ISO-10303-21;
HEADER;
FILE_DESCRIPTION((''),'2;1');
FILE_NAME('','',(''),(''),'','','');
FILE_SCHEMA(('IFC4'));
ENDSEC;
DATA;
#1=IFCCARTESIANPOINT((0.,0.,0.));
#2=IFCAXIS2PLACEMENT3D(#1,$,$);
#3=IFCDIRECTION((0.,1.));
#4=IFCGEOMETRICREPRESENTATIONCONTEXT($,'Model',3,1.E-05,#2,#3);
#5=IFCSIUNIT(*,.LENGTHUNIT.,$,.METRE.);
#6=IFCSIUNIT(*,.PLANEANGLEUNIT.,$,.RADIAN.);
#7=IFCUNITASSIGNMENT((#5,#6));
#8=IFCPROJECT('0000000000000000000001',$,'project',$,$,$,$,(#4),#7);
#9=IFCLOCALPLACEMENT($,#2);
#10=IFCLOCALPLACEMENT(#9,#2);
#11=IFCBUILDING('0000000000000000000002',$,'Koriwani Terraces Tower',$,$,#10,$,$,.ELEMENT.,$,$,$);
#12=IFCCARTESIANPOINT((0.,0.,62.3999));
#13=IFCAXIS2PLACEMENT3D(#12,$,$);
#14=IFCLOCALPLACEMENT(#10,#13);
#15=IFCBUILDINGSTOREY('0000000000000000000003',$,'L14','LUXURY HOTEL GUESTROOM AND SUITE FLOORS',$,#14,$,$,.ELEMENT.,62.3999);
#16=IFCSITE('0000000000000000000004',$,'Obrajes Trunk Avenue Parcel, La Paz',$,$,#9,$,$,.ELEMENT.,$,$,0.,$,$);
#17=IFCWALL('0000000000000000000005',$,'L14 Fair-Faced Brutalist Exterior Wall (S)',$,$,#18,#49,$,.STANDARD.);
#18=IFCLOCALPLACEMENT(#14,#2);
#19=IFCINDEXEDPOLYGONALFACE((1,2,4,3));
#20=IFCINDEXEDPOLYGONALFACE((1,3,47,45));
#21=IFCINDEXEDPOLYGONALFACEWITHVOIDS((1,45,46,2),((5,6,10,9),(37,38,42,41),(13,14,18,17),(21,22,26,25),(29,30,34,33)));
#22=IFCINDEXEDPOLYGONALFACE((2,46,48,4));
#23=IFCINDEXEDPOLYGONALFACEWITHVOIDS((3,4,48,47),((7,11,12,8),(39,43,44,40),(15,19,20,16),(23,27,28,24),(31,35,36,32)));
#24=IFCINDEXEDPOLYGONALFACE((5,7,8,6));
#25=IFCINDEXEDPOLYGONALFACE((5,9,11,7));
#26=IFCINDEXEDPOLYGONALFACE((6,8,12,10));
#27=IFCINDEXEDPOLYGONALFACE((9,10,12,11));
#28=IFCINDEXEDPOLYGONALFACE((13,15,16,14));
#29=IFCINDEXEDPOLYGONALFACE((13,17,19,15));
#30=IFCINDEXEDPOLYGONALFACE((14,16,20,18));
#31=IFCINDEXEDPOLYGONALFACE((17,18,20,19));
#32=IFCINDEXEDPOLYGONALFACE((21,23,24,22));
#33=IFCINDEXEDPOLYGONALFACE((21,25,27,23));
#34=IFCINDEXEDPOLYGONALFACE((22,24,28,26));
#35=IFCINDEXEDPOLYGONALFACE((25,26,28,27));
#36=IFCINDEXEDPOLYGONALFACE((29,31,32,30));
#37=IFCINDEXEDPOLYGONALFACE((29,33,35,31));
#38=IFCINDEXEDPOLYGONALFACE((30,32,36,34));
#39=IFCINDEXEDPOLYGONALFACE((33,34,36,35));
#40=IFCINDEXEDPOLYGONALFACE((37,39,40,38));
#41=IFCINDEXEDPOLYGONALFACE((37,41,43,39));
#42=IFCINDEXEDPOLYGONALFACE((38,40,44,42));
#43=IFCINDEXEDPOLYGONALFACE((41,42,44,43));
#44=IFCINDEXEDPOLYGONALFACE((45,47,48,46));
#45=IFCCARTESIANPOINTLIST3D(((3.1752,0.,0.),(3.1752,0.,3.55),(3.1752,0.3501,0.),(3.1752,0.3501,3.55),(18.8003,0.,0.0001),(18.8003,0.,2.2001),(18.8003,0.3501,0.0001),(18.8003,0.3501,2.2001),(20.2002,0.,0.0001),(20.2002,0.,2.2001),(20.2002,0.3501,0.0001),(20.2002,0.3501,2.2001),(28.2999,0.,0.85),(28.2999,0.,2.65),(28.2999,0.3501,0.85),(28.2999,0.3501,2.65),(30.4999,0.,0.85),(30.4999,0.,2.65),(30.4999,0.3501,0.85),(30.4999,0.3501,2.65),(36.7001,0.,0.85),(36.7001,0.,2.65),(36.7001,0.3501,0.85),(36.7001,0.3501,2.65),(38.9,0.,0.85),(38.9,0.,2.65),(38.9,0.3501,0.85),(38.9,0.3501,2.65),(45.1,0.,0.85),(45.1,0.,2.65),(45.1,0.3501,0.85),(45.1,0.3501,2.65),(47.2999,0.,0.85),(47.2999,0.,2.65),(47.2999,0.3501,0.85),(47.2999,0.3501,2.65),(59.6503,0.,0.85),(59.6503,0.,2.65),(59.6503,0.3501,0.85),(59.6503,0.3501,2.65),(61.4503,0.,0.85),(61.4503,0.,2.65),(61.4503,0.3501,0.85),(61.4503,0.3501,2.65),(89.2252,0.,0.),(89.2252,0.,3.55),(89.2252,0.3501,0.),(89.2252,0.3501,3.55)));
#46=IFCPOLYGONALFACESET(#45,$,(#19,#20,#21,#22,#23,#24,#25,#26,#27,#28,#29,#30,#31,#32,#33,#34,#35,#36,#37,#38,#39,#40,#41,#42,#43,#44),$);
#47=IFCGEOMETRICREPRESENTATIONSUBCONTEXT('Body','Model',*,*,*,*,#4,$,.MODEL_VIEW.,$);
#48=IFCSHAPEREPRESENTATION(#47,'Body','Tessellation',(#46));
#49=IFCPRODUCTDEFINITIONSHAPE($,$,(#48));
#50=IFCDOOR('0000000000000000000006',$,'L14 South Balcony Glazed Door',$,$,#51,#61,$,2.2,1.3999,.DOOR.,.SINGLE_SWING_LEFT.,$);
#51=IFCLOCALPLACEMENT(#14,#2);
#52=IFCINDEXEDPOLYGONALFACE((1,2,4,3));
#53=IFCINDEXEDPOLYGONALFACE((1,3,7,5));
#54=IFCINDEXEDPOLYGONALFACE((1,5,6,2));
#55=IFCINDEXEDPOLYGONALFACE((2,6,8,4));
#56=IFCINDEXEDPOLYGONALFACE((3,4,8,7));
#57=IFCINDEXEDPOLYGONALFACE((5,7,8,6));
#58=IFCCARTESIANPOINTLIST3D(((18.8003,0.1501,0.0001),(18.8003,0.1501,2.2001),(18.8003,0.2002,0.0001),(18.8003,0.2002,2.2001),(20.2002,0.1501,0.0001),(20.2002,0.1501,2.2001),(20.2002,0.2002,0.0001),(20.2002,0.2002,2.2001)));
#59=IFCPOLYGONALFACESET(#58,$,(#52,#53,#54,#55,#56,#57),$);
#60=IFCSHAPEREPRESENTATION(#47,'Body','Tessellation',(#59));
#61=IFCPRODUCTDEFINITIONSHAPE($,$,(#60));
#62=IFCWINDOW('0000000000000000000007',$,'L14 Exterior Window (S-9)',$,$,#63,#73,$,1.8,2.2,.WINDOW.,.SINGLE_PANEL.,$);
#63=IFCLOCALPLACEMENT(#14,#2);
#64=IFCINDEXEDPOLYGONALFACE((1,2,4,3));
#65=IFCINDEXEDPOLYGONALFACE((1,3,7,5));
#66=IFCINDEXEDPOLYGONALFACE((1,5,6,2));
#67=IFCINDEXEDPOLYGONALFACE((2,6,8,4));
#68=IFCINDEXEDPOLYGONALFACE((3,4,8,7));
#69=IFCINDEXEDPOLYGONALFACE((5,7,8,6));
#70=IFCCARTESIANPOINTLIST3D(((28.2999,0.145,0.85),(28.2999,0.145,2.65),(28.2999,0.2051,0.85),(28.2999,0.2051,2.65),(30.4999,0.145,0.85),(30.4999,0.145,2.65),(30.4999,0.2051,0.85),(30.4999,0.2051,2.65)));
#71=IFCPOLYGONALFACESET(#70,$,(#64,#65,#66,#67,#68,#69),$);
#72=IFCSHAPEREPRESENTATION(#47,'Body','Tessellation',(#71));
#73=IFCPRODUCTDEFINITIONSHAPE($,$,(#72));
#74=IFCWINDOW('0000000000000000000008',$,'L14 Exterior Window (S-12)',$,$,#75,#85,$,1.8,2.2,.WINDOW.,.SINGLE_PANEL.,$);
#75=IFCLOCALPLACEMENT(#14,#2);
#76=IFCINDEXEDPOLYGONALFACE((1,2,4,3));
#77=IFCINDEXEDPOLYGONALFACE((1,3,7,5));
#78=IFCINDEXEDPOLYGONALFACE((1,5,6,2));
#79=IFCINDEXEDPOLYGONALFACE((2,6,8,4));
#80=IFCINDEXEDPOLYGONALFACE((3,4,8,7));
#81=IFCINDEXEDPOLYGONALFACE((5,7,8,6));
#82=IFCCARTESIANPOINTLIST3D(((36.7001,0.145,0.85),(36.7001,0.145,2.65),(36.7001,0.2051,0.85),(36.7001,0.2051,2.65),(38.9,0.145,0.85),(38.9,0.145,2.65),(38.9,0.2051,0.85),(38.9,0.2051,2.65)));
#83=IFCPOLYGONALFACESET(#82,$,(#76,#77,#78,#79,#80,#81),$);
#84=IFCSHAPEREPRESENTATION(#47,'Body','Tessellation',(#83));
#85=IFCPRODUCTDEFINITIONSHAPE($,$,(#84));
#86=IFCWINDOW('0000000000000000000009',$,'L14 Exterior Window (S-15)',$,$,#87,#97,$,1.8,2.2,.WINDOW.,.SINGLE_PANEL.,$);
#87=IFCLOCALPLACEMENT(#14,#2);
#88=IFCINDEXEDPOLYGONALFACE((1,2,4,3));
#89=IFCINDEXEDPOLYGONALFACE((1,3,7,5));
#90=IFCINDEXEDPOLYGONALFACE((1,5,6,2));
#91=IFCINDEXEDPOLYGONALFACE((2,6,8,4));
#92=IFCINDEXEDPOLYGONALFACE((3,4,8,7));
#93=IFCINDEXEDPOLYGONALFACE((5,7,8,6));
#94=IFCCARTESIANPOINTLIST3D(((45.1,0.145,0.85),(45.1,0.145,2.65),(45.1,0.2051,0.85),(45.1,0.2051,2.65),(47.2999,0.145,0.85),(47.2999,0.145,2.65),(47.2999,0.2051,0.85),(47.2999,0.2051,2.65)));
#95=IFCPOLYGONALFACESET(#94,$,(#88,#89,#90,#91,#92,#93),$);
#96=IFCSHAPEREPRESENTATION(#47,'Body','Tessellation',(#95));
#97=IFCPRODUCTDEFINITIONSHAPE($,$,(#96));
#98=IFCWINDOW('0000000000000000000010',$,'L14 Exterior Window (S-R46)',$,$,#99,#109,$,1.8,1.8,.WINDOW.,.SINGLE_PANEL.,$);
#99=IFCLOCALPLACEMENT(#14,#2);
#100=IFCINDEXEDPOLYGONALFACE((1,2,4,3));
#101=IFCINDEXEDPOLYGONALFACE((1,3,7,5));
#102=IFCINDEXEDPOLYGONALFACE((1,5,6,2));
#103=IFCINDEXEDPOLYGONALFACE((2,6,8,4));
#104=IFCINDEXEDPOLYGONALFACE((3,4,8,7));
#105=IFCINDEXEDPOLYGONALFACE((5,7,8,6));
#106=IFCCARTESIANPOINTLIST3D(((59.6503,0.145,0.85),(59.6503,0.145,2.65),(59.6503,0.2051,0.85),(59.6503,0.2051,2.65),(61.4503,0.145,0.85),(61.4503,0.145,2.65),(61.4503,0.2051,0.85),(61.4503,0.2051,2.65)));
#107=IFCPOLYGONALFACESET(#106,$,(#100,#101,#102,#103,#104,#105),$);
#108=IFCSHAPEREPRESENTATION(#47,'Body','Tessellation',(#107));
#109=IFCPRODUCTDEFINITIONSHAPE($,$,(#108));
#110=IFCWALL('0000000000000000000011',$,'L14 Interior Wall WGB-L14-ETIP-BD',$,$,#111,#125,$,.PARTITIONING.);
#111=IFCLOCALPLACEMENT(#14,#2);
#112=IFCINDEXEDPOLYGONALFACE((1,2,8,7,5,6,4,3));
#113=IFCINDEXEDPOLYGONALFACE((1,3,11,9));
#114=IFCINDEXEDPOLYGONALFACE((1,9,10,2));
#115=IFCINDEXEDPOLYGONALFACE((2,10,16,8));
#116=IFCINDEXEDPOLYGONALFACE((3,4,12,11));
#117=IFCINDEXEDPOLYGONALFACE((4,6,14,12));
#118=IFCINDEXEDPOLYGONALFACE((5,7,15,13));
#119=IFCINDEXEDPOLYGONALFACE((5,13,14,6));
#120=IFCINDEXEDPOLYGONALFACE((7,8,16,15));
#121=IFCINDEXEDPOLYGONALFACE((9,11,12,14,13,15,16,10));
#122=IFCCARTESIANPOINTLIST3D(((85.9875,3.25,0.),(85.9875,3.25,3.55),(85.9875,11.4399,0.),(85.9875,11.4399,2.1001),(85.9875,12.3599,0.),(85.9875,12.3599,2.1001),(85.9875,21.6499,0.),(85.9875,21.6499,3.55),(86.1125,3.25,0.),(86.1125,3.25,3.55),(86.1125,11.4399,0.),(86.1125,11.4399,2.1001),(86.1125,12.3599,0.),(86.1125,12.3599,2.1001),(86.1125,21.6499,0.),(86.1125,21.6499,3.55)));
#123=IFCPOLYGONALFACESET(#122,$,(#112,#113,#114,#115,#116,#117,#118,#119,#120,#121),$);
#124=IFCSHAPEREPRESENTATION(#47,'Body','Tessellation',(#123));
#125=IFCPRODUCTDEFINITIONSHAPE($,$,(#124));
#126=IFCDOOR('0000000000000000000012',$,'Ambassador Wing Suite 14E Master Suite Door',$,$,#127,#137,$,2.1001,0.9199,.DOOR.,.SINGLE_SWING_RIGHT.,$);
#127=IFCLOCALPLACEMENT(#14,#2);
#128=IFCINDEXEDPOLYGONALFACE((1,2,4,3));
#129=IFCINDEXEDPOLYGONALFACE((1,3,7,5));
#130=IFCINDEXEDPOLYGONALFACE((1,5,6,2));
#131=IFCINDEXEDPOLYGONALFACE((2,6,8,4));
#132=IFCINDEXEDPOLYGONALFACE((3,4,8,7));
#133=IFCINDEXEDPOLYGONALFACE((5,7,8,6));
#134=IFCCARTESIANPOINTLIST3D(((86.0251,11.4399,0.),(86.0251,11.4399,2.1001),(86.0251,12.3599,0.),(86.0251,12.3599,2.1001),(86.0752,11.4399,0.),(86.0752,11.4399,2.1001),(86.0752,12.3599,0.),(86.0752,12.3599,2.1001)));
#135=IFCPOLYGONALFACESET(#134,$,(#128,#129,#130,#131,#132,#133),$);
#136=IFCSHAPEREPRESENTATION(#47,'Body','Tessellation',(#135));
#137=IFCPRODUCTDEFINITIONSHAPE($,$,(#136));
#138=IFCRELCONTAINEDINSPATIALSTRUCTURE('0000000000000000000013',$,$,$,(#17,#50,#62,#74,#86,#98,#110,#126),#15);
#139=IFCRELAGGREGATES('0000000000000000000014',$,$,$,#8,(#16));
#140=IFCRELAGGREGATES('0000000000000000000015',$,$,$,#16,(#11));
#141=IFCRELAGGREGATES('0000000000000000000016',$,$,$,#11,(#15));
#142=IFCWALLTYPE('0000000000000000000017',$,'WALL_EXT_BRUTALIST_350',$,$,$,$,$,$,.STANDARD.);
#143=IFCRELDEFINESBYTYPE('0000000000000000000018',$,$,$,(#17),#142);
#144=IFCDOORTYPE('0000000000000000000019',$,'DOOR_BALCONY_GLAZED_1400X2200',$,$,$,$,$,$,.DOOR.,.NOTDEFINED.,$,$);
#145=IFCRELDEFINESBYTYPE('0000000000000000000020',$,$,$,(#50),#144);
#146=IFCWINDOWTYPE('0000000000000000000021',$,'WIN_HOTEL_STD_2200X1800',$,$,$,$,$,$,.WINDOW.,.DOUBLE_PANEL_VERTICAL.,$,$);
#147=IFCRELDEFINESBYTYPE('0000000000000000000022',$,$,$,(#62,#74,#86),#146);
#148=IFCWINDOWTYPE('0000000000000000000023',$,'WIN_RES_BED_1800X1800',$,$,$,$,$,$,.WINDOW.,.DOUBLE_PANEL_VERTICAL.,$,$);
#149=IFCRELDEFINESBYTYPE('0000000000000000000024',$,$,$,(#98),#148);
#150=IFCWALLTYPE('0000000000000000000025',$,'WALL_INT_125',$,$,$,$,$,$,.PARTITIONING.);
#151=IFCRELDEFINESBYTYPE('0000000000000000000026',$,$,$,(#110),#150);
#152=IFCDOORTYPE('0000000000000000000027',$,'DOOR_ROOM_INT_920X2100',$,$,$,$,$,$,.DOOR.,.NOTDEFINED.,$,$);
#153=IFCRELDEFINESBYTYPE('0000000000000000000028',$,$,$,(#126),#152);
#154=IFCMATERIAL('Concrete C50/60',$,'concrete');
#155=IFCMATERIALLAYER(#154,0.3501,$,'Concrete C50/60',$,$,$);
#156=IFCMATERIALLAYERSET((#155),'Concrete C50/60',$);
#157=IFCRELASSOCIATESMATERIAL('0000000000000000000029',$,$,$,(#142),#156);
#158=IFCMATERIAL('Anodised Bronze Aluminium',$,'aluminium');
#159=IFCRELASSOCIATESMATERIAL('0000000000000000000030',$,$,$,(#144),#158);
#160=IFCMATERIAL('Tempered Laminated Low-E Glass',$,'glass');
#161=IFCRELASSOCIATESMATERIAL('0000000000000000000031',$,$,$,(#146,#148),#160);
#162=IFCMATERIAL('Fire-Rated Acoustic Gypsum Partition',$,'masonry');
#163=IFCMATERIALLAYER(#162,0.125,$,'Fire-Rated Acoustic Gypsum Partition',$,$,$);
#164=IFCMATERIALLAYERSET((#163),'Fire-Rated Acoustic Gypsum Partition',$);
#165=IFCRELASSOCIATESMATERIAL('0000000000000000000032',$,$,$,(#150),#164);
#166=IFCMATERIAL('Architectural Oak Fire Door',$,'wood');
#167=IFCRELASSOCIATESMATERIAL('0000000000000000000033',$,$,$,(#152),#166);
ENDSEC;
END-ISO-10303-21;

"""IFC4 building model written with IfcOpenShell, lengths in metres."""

from ifc_helpers import new_model, si_unit, direction, frame, frame_2d, origin, place, context, subcontext, project, spatial, rectangle, extrude, material, layer, layer_set, type_object, element, fill, save


model = new_model("IFC4")

# Units and contexts
model_context = context("Model", 3, precision=1e-05, world=origin(), true_north=direction((0.0, 1.0)))
body_context = subcontext(model_context, "Body", "Model", "MODEL_VIEW")
ifc_project = project(units=[si_unit("LENGTHUNIT", "METRE"), si_unit("PLANEANGLEUNIT", "RADIAN")], contexts=[model_context])

# Site, building, storey
site_placement = place(None, origin())
site = spatial("IfcSite", under=ifc_project, at=site_placement, Name="Obrajes Trunk Avenue Parcel, La Paz", CompositionType="ELEMENT", RefElevation=0.0)
building_placement = place(site_placement, origin())
building = spatial("IfcBuilding", under=site, at=building_placement, Name="Koriwani Terraces Tower", CompositionType="ELEMENT")
storey_placement = place(building_placement, frame((0.0, 0.0, 62.3999)))
storey = spatial("IfcBuildingStorey", under=building, at=storey_placement, Name="L14", Description="LUXURY HOTEL GUESTROOM AND SUITE FLOORS", CompositionType="ELEMENT", Elevation=62.3999)

# Shared definitions
ifc_material_1 = material(Name="Concrete C50/60", Category="concrete")

# Shared definitions
ifc_layer_1 = layer(ifc_material_1, 0.3501, Name="Concrete C50/60")
ifc_layer_set_1 = layer_set([ifc_layer_1], Name="Concrete C50/60")
wall_type_1 = type_object("IfcWallType", Name="WALL_EXT_BRUTALIST_350", PredefinedType="STANDARD", material=ifc_layer_set_1)

# Wall, openings, door, windows
wall_1_placement = place(storey_placement, frame((89.2251, 0.175, 0.0), z_axis=(0.0, 0.0, 1.0), x_axis=(-1.0, 0.0, 0.0)))
wall_1 = element("IfcWall", 1, at=wall_1_placement, inside=storey, type_object=wall_type_1, Name="L14 Fair-Faced Brutalist Exterior Wall (S)", PredefinedType="STANDARD", context=body_context, shape_type="SweptSolid", body=[
    extrude(rectangle(XDim=86.05, YDim=0.3501, at=frame_2d((43.0249, 0.0))), origin(), (0.0, 0.0, 1.0), 3.55),
])
opening_1_placement = place(wall_1_placement, frame((69.0249, 0.0, 0.0)))
opening_1 = element("IfcOpeningElement", 2, at=opening_1_placement, cuts=wall_1, PredefinedType="OPENING", context=body_context, shape_type="SweptSolid", body=[
    extrude(rectangle(XDim=1.3999, YDim=2.2, at=frame_2d((0.7, 1.1001))), frame((0.0, 0.1851, 0.0), z_axis=(0.0, -1.0, 0.0), x_axis=(1.0, 0.0, 0.0)), (0.0, 0.0, 1.0), 0.3701),
])
opening_2_placement = place(wall_1_placement, frame((58.7251, 0.0, 0.8501)))
opening_2 = element("IfcOpeningElement", 3, at=opening_2_placement, cuts=wall_1, PredefinedType="OPENING", context=body_context, shape_type="SweptSolid", body=[
    extrude(rectangle(XDim=2.2, YDim=1.8, at=frame_2d((1.1001, 0.8999))), frame((0.0, 0.1851, 0.0), z_axis=(0.0, -1.0, 0.0), x_axis=(1.0, 0.0, 0.0)), (0.0, 0.0, 1.0), 0.3701),
])
opening_3_placement = place(wall_1_placement, frame((50.325, 0.0, 0.8501)))
opening_3 = element("IfcOpeningElement", 4, at=opening_3_placement, cuts=wall_1, PredefinedType="OPENING", context=body_context, shape_type="SweptSolid", body=[
    extrude(rectangle(XDim=2.2, YDim=1.8, at=frame_2d((1.1001, 0.8999))), frame((0.0, 0.1851, 0.0), z_axis=(0.0, -1.0, 0.0), x_axis=(1.0, 0.0, 0.0)), (0.0, 0.0, 1.0), 0.3701),
])
opening_4_placement = place(wall_1_placement, frame((41.925, 0.0, 0.8501)))
opening_4 = element("IfcOpeningElement", 5, at=opening_4_placement, cuts=wall_1, PredefinedType="OPENING", context=body_context, shape_type="SweptSolid", body=[
    extrude(rectangle(XDim=2.2, YDim=1.8, at=frame_2d((1.1001, 0.8999))), frame((0.0, 0.1851, 0.0), z_axis=(0.0, -1.0, 0.0), x_axis=(1.0, 0.0, 0.0)), (0.0, 0.0, 1.0), 0.3701),
])
opening_5_placement = place(wall_1_placement, frame((27.7749, 0.0, 0.8501)))
opening_5 = element("IfcOpeningElement", 6, at=opening_5_placement, cuts=wall_1, PredefinedType="OPENING", context=body_context, shape_type="SweptSolid", body=[
    extrude(rectangle(XDim=1.8, YDim=1.8, at=frame_2d((0.8999, 0.8999))), frame((0.0, 0.1851, 0.0), z_axis=(0.0, -1.0, 0.0), x_axis=(1.0, 0.0, 0.0)), (0.0, 0.0, 1.0), 0.3701),
])
ifc_material_2 = material(Name="Anodised Bronze Aluminium", Category="aluminium")
door_type_1 = type_object("IfcDoorType", Name="DOOR_BALCONY_GLAZED_1400X2200", OperationType="NOTDEFINED", PredefinedType="DOOR", material=ifc_material_2)
door_1_placement = place(opening_1_placement, origin())
door_1 = element("IfcDoor", 7, at=door_1_placement, inside=storey, type_object=door_type_1, Name="L14 South Balcony Glazed Door", OperationType="SINGLE_SWING_LEFT", OverallHeight=2.2, OverallWidth=1.3999, PredefinedType="DOOR", context=body_context, shape_type="SweptSolid", body=[
    extrude(rectangle(XDim=1.3999, YDim=2.2, at=frame_2d((0.7, 1.1001))), frame((0.0, 0.0249, 0.0), z_axis=(0.0, -1.0, 0.0), x_axis=(1.0, 0.0, 0.0)), (0.0, 0.0, 1.0), 0.05),
])
fill(opening_1, door_1)
ifc_material_3 = material(Name="Tempered Laminated Low-E Glass", Category="glass")
window_type_1 = type_object("IfcWindowType", Name="WIN_HOTEL_STD_2200X1800", PartitioningType="DOUBLE_PANEL_VERTICAL", PredefinedType="WINDOW", material=ifc_material_3)
window_1_placement = place(opening_2_placement, origin())
window_1 = element("IfcWindow", 8, at=window_1_placement, inside=storey, type_object=window_type_1, Name="L14 Exterior Window (S-9)", OverallHeight=1.8, OverallWidth=2.2, PartitioningType="SINGLE_PANEL", PredefinedType="WINDOW", context=body_context, shape_type="SweptSolid", body=[
    extrude(rectangle(XDim=2.2, YDim=1.8, at=frame_2d((1.1001, 0.8999))), frame((0.0, 0.03, 0.0), z_axis=(0.0, -1.0, 0.0), x_axis=(1.0, 0.0, 0.0)), (0.0, 0.0, 1.0), 0.0601),
])
fill(opening_2, window_1)
window_2_placement = place(opening_3_placement, origin())
window_2 = element("IfcWindow", 9, at=window_2_placement, inside=storey, type_object=window_type_1, Name="L14 Exterior Window (S-12)", OverallHeight=1.8, OverallWidth=2.2, PartitioningType="SINGLE_PANEL", PredefinedType="WINDOW", context=body_context, shape_type="SweptSolid", body=[
    extrude(rectangle(XDim=2.2, YDim=1.8, at=frame_2d((1.1001, 0.8999))), frame((0.0, 0.03, 0.0), z_axis=(0.0, -1.0, 0.0), x_axis=(1.0, 0.0, 0.0)), (0.0, 0.0, 1.0), 0.0601),
])
fill(opening_3, window_2)
window_3_placement = place(opening_4_placement, origin())
window_3 = element("IfcWindow", 10, at=window_3_placement, inside=storey, type_object=window_type_1, Name="L14 Exterior Window (S-15)", OverallHeight=1.8, OverallWidth=2.2, PartitioningType="SINGLE_PANEL", PredefinedType="WINDOW", context=body_context, shape_type="SweptSolid", body=[
    extrude(rectangle(XDim=2.2, YDim=1.8, at=frame_2d((1.1001, 0.8999))), frame((0.0, 0.03, 0.0), z_axis=(0.0, -1.0, 0.0), x_axis=(1.0, 0.0, 0.0)), (0.0, 0.0, 1.0), 0.0601),
])
fill(opening_4, window_3)
window_type_2 = type_object("IfcWindowType", Name="WIN_RES_BED_1800X1800", PartitioningType="DOUBLE_PANEL_VERTICAL", PredefinedType="WINDOW", material=ifc_material_3)
window_4_placement = place(opening_5_placement, origin())
window_4 = element("IfcWindow", 11, at=window_4_placement, inside=storey, type_object=window_type_2, Name="L14 Exterior Window (S-R46)", OverallHeight=1.8, OverallWidth=1.8, PartitioningType="SINGLE_PANEL", PredefinedType="WINDOW", context=body_context, shape_type="SweptSolid", body=[
    extrude(rectangle(XDim=1.8, YDim=1.8, at=frame_2d((0.8999, 0.8999))), frame((0.0, 0.03, 0.0), z_axis=(0.0, -1.0, 0.0), x_axis=(1.0, 0.0, 0.0)), (0.0, 0.0, 1.0), 0.0601),
])
fill(opening_5, window_4)

# Wall, opening, door
ifc_material_4 = material(Name="Fire-Rated Acoustic Gypsum Partition", Category="masonry")
ifc_layer_2 = layer(ifc_material_4, 0.125, Name="Fire-Rated Acoustic Gypsum Partition")
ifc_layer_set_2 = layer_set([ifc_layer_2], Name="Fire-Rated Acoustic Gypsum Partition")
wall_type_2 = type_object("IfcWallType", Name="WALL_INT_125", PredefinedType="PARTITIONING", material=ifc_layer_set_2)
wall_2_placement = place(storey_placement, frame((86.05, 3.25, 0.0), z_axis=(0.0, 0.0, 1.0), x_axis=(0.0, 1.0, 0.0)))
wall_2 = element("IfcWall", 12, at=wall_2_placement, inside=storey, type_object=wall_type_2, Name="L14 Interior Wall WGB-L14-ETIP-BD", PredefinedType="PARTITIONING", context=body_context, shape_type="SweptSolid", body=[
    extrude(rectangle(XDim=18.3999, YDim=0.125, at=frame_2d((9.2, 0.0))), origin(), (0.0, 0.0, 1.0), 3.55),
])
opening_6_placement = place(wall_2_placement, frame((8.1899, 0.0, 0.0)))
opening_6 = element("IfcOpeningElement", 13, at=opening_6_placement, cuts=wall_2, PredefinedType="OPENING", context=body_context, shape_type="SweptSolid", body=[
    extrude(rectangle(XDim=0.9199, YDim=2.1001, at=frame_2d((0.46, 1.05))), frame((0.0, 0.0725, 0.0), z_axis=(0.0, -1.0, 0.0), x_axis=(1.0, 0.0, 0.0)), (0.0, 0.0, 1.0), 0.145),
])
ifc_material_5 = material(Name="Architectural Oak Fire Door", Category="wood")
door_type_2 = type_object("IfcDoorType", Name="DOOR_ROOM_INT_920X2100", OperationType="NOTDEFINED", PredefinedType="DOOR", material=ifc_material_5)
door_2_placement = place(opening_6_placement, origin())
door_2 = element("IfcDoor", 14, at=door_2_placement, inside=storey, type_object=door_type_2, Name="Ambassador Wing Suite 14E Master Suite Door", OperationType="SINGLE_SWING_RIGHT", OverallHeight=2.1001, OverallWidth=0.9199, PredefinedType="DOOR", context=body_context, shape_type="SweptSolid", body=[
    extrude(rectangle(XDim=0.9199, YDim=2.1001, at=frame_2d((0.46, 1.05))), frame((0.0, 0.0249, 0.0), z_axis=(0.0, -1.0, 0.0), x_axis=(1.0, 0.0, 0.0)), (0.0, 0.0, 1.0), 0.05),
])
fill(opening_6, door_2)

save(model, "model.ifc")
